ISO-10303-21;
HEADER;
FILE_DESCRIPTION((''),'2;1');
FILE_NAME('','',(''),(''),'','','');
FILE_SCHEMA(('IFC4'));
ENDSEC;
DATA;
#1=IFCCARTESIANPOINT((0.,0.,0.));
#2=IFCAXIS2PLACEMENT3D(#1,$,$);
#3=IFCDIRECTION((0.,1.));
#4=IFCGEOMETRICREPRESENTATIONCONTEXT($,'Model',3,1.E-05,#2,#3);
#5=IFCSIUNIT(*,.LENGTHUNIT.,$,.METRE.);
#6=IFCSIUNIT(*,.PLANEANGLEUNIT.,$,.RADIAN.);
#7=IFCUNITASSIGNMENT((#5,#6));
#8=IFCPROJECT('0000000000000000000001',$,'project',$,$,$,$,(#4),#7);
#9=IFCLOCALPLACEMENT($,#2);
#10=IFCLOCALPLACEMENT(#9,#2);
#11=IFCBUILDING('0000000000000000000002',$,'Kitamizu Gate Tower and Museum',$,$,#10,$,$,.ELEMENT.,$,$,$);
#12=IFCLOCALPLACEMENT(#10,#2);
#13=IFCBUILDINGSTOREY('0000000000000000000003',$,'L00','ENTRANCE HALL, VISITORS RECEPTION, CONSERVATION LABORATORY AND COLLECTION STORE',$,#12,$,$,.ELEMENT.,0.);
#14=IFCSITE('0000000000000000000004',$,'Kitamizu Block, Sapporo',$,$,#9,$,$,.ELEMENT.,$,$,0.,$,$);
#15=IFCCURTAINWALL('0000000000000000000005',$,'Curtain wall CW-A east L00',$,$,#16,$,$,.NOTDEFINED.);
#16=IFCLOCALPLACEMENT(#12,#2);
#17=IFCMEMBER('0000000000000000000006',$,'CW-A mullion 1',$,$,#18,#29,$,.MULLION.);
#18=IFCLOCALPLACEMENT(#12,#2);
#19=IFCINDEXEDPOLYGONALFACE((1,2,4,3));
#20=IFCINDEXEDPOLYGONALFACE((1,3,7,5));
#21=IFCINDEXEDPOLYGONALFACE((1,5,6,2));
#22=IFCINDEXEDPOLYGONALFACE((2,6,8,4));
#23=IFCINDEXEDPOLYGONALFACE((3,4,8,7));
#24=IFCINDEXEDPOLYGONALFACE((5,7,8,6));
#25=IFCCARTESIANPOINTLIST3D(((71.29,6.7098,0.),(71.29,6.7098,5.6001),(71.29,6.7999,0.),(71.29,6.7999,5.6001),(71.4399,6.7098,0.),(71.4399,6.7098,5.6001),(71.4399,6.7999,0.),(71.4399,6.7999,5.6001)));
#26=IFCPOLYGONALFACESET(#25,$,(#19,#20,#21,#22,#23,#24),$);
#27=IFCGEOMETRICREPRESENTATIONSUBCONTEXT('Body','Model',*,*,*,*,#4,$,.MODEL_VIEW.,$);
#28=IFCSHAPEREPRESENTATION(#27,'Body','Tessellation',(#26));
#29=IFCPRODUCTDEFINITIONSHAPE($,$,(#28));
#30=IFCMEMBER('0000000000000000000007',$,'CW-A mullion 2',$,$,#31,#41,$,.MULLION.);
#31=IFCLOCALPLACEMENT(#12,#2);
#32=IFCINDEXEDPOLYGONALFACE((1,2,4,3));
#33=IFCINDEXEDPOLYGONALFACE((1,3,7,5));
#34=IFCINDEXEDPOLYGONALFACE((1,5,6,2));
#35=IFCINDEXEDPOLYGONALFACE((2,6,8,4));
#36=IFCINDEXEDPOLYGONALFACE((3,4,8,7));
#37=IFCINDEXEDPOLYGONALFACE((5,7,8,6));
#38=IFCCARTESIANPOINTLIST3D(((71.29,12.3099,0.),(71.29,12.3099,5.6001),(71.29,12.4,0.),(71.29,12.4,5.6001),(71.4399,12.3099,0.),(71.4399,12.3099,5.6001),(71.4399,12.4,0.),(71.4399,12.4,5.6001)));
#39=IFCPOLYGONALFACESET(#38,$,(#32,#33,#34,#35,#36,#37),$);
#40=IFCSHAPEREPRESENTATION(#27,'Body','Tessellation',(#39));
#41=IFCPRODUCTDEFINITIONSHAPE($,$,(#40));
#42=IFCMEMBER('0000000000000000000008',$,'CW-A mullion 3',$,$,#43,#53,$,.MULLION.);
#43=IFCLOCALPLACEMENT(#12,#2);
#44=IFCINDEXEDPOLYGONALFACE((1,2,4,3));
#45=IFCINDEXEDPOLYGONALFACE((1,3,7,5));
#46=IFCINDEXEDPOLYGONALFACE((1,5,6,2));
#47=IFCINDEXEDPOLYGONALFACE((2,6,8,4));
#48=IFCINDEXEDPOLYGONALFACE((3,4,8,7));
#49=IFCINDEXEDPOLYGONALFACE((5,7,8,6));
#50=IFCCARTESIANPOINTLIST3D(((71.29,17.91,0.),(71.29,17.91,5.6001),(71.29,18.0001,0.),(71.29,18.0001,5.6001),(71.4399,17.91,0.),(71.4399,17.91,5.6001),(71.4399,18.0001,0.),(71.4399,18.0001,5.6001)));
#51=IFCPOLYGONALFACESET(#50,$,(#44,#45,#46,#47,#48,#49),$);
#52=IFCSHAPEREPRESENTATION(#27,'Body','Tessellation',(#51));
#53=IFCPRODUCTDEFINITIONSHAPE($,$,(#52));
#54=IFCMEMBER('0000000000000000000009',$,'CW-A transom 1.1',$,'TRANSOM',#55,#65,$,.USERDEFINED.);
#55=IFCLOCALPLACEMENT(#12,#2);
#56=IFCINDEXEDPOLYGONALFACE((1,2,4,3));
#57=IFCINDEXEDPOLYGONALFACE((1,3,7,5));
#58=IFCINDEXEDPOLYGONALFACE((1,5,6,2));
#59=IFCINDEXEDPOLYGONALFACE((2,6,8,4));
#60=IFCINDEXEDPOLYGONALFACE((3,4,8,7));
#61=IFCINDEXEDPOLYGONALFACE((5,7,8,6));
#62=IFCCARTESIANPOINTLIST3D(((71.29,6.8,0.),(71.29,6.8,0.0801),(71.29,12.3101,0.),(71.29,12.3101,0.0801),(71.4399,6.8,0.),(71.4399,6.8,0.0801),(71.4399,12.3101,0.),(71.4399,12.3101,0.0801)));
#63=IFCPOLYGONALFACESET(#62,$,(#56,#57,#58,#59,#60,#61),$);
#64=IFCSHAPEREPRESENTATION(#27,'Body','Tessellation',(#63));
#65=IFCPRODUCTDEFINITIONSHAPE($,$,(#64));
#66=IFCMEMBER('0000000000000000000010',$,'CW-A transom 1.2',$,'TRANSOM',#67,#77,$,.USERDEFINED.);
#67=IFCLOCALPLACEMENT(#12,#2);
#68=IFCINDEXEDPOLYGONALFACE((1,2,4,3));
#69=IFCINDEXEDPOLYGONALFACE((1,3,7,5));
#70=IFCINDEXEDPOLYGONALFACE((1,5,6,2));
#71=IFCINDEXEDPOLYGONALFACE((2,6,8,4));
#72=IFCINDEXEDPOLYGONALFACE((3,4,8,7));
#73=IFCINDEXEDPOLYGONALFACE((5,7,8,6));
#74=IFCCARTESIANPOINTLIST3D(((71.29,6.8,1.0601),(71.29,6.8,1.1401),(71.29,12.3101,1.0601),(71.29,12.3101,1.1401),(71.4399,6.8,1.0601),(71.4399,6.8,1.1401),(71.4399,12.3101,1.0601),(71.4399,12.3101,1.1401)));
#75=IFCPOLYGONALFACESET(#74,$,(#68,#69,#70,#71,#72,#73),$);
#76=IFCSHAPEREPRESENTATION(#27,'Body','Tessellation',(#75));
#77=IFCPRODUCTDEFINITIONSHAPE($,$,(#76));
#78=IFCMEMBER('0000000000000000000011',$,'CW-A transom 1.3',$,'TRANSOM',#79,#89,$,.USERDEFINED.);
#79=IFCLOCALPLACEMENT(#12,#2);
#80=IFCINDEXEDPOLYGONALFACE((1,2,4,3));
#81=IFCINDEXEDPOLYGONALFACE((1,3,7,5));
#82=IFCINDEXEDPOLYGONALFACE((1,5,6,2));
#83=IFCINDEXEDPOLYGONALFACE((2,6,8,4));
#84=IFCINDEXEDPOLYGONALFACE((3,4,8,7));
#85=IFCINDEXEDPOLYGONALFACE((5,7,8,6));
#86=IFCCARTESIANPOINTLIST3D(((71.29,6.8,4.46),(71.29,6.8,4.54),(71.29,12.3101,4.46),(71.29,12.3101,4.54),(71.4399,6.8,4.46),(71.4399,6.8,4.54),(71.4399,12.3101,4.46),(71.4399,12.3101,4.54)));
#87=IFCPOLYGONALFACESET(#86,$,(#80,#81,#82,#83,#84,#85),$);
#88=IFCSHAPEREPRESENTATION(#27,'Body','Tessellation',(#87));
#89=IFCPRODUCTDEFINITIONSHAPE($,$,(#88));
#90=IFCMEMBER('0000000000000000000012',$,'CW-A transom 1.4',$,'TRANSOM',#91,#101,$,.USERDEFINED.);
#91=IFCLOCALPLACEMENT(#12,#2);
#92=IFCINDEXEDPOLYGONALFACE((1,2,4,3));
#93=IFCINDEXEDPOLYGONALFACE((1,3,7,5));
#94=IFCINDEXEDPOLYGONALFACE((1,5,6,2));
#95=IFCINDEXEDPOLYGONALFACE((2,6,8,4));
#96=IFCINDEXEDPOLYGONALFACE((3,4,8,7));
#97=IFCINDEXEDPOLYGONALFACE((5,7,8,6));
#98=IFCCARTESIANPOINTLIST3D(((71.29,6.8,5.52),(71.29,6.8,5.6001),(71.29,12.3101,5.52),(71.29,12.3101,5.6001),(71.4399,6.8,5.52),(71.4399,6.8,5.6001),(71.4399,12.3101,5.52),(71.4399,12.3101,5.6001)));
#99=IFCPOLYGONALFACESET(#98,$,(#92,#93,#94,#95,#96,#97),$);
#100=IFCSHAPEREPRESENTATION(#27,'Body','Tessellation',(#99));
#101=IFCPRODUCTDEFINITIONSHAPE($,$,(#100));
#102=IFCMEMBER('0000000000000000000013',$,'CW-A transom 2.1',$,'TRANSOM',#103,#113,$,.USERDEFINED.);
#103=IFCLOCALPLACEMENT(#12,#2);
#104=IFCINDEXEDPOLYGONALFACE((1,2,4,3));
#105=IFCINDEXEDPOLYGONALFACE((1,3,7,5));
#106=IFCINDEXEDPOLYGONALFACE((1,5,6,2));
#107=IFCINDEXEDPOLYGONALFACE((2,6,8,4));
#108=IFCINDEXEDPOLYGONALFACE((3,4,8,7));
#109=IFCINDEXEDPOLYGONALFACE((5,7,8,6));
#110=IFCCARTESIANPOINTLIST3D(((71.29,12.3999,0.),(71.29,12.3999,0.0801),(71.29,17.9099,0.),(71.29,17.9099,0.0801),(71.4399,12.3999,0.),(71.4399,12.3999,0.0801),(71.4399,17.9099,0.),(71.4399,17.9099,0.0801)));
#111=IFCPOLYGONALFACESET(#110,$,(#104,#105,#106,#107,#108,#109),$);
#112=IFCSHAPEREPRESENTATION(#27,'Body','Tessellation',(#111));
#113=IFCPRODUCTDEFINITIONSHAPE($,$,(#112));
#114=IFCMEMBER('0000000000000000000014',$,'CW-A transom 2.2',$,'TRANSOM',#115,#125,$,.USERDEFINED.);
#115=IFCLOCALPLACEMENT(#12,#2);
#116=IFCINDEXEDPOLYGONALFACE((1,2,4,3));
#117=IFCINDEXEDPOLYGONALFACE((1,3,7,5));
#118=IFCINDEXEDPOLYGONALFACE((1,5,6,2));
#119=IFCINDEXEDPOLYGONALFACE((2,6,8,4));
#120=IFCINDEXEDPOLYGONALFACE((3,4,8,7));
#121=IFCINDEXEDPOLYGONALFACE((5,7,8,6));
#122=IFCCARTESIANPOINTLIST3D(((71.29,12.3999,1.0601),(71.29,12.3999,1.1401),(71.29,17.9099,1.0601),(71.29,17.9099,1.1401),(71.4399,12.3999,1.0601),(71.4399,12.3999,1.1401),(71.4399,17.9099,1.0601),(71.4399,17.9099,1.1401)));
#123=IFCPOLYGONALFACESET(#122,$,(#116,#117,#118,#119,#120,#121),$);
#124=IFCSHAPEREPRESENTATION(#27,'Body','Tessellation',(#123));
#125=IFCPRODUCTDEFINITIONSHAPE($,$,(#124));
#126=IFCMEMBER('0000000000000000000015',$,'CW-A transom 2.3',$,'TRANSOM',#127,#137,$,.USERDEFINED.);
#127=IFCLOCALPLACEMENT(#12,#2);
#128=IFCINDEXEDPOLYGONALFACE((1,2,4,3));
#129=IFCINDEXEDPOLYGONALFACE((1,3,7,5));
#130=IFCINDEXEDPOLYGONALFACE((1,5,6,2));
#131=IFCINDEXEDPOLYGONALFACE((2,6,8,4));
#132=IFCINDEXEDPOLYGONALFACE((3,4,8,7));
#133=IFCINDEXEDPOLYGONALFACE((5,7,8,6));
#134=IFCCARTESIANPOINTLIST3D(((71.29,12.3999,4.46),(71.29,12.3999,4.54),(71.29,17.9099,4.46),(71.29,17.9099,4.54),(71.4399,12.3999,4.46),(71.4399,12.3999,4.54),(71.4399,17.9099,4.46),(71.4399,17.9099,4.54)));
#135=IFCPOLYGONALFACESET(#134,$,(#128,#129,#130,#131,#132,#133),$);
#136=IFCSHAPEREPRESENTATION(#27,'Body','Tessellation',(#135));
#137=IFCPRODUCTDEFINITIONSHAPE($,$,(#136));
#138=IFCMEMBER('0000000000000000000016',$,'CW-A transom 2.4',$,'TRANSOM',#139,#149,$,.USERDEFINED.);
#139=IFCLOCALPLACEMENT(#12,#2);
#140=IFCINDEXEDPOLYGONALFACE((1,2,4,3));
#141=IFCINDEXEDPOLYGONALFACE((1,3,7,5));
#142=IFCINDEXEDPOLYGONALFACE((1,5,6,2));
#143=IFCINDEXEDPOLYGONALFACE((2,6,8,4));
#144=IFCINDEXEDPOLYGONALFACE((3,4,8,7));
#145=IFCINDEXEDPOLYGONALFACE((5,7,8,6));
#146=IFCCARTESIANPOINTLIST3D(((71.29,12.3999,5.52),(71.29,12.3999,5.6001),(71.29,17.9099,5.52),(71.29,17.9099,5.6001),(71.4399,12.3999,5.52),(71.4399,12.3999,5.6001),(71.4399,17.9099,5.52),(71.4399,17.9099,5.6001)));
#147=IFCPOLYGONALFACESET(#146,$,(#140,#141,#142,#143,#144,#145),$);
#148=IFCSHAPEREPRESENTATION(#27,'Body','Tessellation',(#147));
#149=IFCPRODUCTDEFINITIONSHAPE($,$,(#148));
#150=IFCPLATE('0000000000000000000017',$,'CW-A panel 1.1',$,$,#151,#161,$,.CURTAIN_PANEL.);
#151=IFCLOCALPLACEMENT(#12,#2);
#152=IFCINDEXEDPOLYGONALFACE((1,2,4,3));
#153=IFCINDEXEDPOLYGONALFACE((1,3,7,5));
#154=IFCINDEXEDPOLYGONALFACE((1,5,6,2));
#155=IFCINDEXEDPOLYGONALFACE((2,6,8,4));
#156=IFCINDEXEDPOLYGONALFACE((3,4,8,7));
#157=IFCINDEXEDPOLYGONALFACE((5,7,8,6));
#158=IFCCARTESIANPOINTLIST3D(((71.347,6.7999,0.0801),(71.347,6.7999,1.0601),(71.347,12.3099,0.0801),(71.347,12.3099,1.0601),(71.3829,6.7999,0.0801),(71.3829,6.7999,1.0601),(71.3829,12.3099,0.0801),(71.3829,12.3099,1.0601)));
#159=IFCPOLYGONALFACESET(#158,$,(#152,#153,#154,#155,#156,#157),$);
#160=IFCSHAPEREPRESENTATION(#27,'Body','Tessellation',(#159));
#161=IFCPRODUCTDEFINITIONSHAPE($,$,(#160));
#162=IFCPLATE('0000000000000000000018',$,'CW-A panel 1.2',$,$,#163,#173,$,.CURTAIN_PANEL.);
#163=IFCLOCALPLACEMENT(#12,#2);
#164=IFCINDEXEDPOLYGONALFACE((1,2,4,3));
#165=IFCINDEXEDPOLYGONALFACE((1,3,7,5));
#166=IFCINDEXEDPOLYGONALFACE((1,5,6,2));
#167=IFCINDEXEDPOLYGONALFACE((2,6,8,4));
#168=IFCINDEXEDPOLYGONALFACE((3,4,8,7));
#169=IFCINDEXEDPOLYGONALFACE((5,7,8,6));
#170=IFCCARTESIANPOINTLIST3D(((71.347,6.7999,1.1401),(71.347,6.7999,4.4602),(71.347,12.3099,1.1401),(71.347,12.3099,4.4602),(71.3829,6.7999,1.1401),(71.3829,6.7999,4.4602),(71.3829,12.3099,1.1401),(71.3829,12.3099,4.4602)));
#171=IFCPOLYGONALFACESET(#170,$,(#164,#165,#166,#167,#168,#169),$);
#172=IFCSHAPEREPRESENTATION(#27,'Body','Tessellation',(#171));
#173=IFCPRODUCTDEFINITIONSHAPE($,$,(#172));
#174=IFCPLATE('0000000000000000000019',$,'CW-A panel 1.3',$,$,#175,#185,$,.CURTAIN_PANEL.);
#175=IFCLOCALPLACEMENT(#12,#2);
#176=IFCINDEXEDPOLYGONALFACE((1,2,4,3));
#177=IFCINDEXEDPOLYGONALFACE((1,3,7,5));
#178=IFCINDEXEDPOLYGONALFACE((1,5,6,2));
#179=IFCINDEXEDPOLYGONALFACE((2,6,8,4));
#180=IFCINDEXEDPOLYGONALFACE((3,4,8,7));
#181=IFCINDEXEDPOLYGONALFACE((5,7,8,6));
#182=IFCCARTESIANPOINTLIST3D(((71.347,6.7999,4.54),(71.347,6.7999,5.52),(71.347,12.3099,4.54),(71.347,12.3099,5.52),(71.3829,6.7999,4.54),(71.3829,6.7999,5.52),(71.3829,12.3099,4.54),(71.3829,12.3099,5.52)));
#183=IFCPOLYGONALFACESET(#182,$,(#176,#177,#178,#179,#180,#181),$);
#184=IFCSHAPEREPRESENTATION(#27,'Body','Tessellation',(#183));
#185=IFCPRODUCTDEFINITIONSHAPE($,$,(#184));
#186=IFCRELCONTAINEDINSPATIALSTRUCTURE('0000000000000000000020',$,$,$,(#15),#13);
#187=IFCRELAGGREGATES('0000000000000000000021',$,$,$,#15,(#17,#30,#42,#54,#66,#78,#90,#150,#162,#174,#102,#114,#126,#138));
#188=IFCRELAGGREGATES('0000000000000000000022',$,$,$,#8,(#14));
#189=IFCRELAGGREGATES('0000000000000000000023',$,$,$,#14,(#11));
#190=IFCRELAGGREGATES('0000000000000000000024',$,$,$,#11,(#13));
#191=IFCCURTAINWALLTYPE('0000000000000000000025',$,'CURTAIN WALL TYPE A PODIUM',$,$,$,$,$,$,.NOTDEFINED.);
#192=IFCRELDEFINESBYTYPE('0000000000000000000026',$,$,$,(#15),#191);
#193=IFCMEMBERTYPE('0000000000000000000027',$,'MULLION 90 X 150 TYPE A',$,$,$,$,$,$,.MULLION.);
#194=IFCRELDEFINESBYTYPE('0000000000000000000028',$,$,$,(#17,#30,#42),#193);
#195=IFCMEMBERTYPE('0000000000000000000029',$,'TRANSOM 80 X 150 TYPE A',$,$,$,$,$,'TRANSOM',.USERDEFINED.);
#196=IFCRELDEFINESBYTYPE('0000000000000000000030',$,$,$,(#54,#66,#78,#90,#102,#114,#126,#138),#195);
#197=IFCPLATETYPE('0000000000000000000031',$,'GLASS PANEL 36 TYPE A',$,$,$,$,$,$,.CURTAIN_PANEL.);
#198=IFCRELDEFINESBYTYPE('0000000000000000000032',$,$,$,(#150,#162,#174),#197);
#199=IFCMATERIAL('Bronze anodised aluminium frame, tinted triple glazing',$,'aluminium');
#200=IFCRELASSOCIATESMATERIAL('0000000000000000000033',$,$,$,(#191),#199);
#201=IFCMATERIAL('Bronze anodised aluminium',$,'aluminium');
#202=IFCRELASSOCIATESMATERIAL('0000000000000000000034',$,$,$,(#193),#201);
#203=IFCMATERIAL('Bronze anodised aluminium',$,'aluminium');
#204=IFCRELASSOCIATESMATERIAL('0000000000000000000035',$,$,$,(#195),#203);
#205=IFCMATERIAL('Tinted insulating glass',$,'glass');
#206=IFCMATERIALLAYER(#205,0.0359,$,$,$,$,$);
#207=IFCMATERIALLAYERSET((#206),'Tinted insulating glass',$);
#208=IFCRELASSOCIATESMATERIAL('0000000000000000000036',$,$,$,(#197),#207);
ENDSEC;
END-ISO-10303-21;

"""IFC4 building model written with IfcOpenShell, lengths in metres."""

from ifc_helpers import new_model, si_unit, direction, frame, origin, origin_2d, place, context, subcontext, project, spatial, rectangle, extrude, material, layer, layer_set, material_profile, profile_set, type_object, element, aggregate, save


model = new_model("IFC4")

# Units and contexts
model_context = context("Model", 3, precision=1e-05, world=origin(), true_north=direction((0.0, 1.0)))
body_context = subcontext(model_context, "Body", "Model", "MODEL_VIEW")
ifc_project = project(units=[si_unit("LENGTHUNIT", "METRE"), si_unit("PLANEANGLEUNIT", "RADIAN")], contexts=[model_context])

# Site, building, storey
site_placement = place(None, origin())
site = spatial("IfcSite", under=ifc_project, at=site_placement, Name="Kitamizu Block, Sapporo", CompositionType="ELEMENT", RefElevation=0.0)
building_placement = place(site_placement, origin())
building = spatial("IfcBuilding", under=site, at=building_placement, Name="Kitamizu Gate Tower and Museum", CompositionType="ELEMENT")
storey_placement = place(building_placement, origin())
storey = spatial("IfcBuildingStorey", under=building, at=storey_placement, Name="L00", Description="ENTRANCE HALL, VISITORS RECEPTION, CONSERVATION LABORATORY AND COLLECTION STORE", CompositionType="ELEMENT", Elevation=0.0)

# Curtain wall, members, plates
ifc_material_1 = material(Name="Bronze anodised aluminium frame, tinted triple glazing", Category="aluminium")
curtain_wall_type = type_object("IfcCurtainWallType", Name="CURTAIN WALL TYPE A PODIUM", PredefinedType="NOTDEFINED", material=ifc_material_1)
curtain_wall_placement = place(storey_placement, origin())
curtain_wall = element("IfcCurtainWall", 1, at=curtain_wall_placement, inside=storey, type_object=curtain_wall_type, Name="Curtain wall CW-A east L00", PredefinedType="NOTDEFINED")
ifc_material_2 = material(Name="Bronze anodised aluminium", Category="aluminium")
ifc_material_profile_1 = material_profile(ifc_material_2, rectangle(XDim=0.0901, YDim=0.1499, at=origin_2d()), Name="AL 90X150")
ifc_profile_set_1 = profile_set([ifc_material_profile_1], Name="Bronze anodised aluminium")
member_type_1 = type_object("IfcMemberType", Name="MULLION 90 X 150 TYPE A", PredefinedType="MULLION", material=ifc_profile_set_1)
member_1_placement = place(storey_placement, frame((71.365, 6.7549, 0.0), z_axis=(0.0, 0.0, 1.0), x_axis=(0.0, 1.0, 0.0)))
member_1 = element("IfcMember", 2, at=member_1_placement, type_object=member_type_1, Name="CW-A mullion 1", PredefinedType="MULLION", context=body_context, shape_type="SweptSolid", body=[
    extrude(rectangle(XDim=0.0901, YDim=0.1499, at=origin_2d()), origin(), (0.0, 0.0, 1.0), 5.6001),
])
member_2_placement = place(storey_placement, frame((71.365, 12.355, 0.0), z_axis=(0.0, 0.0, 1.0), x_axis=(0.0, 1.0, 0.0)))
member_2 = element("IfcMember", 3, at=member_2_placement, type_object=member_type_1, Name="CW-A mullion 2", PredefinedType="MULLION", context=body_context, shape_type="SweptSolid", body=[
    extrude(rectangle(XDim=0.0901, YDim=0.1499, at=origin_2d()), origin(), (0.0, 0.0, 1.0), 5.6001),
])
member_3_placement = place(storey_placement, frame((71.365, 17.9551, 0.0), z_axis=(0.0, 0.0, 1.0), x_axis=(0.0, 1.0, 0.0)))
member_3 = element("IfcMember", 4, at=member_3_placement, type_object=member_type_1, Name="CW-A mullion 3", PredefinedType="MULLION", context=body_context, shape_type="SweptSolid", body=[
    extrude(rectangle(XDim=0.0901, YDim=0.1499, at=origin_2d()), origin(), (0.0, 0.0, 1.0), 5.6001),
])
ifc_material_3 = material(Name="Bronze anodised aluminium", Category="aluminium")
ifc_material_profile_2 = material_profile(ifc_material_3, rectangle(XDim=0.1499, YDim=0.0801, at=origin_2d()), Name="AL 80X150")
ifc_profile_set_2 = profile_set([ifc_material_profile_2], Name="Bronze anodised aluminium")
member_type_2 = type_object("IfcMemberType", Name="TRANSOM 80 X 150 TYPE A", ElementType="TRANSOM", PredefinedType="USERDEFINED", material=ifc_profile_set_2)
member_4_placement = place(storey_placement, frame((71.365, 6.8, 0.04), z_axis=(0.0, 1.0, 0.0), x_axis=(-1.0, 0.0, 0.0)))
member_4 = element("IfcMember", 5, at=member_4_placement, type_object=member_type_2, Name="CW-A transom 1.1", ObjectType="TRANSOM", PredefinedType="USERDEFINED", context=body_context, shape_type="SweptSolid", body=[
    extrude(rectangle(XDim=0.1499, YDim=0.0801, at=origin_2d()), origin(), (0.0, 0.0, 1.0), 5.51),
])
member_5_placement = place(storey_placement, frame((71.365, 6.8, 1.1001), z_axis=(0.0, 1.0, 0.0), x_axis=(-1.0, 0.0, 0.0)))
member_5 = element("IfcMember", 6, at=member_5_placement, type_object=member_type_2, Name="CW-A transom 1.2", ObjectType="TRANSOM", PredefinedType="USERDEFINED", context=body_context, shape_type="SweptSolid", body=[
    extrude(rectangle(XDim=0.1499, YDim=0.0801, at=origin_2d()), origin(), (0.0, 0.0, 1.0), 5.51),
])
member_6_placement = place(storey_placement, frame((71.365, 6.8, 4.5), z_axis=(0.0, 1.0, 0.0), x_axis=(-1.0, 0.0, 0.0)))
member_6 = element("IfcMember", 7, at=member_6_placement, type_object=member_type_2, Name="CW-A transom 1.3", ObjectType="TRANSOM", PredefinedType="USERDEFINED", context=body_context, shape_type="SweptSolid", body=[
    extrude(rectangle(XDim=0.1499, YDim=0.0801, at=origin_2d()), origin(), (0.0, 0.0, 1.0), 5.51),
])
member_7_placement = place(storey_placement, frame((71.365, 6.8, 5.5601), z_axis=(0.0, 1.0, 0.0), x_axis=(-1.0, 0.0, 0.0)))
member_7 = element("IfcMember", 8, at=member_7_placement, type_object=member_type_2, Name="CW-A transom 1.4", ObjectType="TRANSOM", PredefinedType="USERDEFINED", context=body_context, shape_type="SweptSolid", body=[
    extrude(rectangle(XDim=0.1499, YDim=0.0801, at=origin_2d()), origin(), (0.0, 0.0, 1.0), 5.51),
])
member_8_placement = place(storey_placement, frame((71.365, 12.3999, 0.04), z_axis=(0.0, 1.0, 0.0), x_axis=(-1.0, 0.0, 0.0)))
member_8 = element("IfcMember", 9, at=member_8_placement, type_object=member_type_2, Name="CW-A transom 2.1", ObjectType="TRANSOM", PredefinedType="USERDEFINED", context=body_context, shape_type="SweptSolid", body=[
    extrude(rectangle(XDim=0.1499, YDim=0.0801, at=origin_2d()), origin(), (0.0, 0.0, 1.0), 5.51),
])
member_9_placement = place(storey_placement, frame((71.365, 12.3999, 1.1001), z_axis=(0.0, 1.0, 0.0), x_axis=(-1.0, 0.0, 0.0)))
member_9 = element("IfcMember", 10, at=member_9_placement, type_object=member_type_2, Name="CW-A transom 2.2", ObjectType="TRANSOM", PredefinedType="USERDEFINED", context=body_context, shape_type="SweptSolid", body=[
    extrude(rectangle(XDim=0.1499, YDim=0.0801, at=origin_2d()), origin(), (0.0, 0.0, 1.0), 5.51),
])
member_10_placement = place(storey_placement, frame((71.365, 12.3999, 4.5), z_axis=(0.0, 1.0, 0.0), x_axis=(-1.0, 0.0, 0.0)))
member_10 = element("IfcMember", 11, at=member_10_placement, type_object=member_type_2, Name="CW-A transom 2.3", ObjectType="TRANSOM", PredefinedType="USERDEFINED", context=body_context, shape_type="SweptSolid", body=[
    extrude(rectangle(XDim=0.1499, YDim=0.0801, at=origin_2d()), origin(), (0.0, 0.0, 1.0), 5.51),
])
member_11_placement = place(storey_placement, frame((71.365, 12.3999, 5.5601), z_axis=(0.0, 1.0, 0.0), x_axis=(-1.0, 0.0, 0.0)))
member_11 = element("IfcMember", 12, at=member_11_placement, type_object=member_type_2, Name="CW-A transom 2.4", ObjectType="TRANSOM", PredefinedType="USERDEFINED", context=body_context, shape_type="SweptSolid", body=[
    extrude(rectangle(XDim=0.1499, YDim=0.0801, at=origin_2d()), origin(), (0.0, 0.0, 1.0), 5.51),
])
ifc_material_4 = material(Name="Tinted insulating glass", Category="glass")
ifc_layer_1 = layer(ifc_material_4, 0.0359)
ifc_layer_set_1 = layer_set([ifc_layer_1], Name="Tinted insulating glass")
plate_type = type_object("IfcPlateType", Name="GLASS PANEL 36 TYPE A", PredefinedType="CURTAIN_PANEL", material=ifc_layer_set_1)
plate_1_placement = place(storey_placement, frame((71.365, 9.5549, 0.0801), z_axis=(0.0, 0.0, 1.0), x_axis=(0.0, 1.0, 0.0)))
plate_1 = element("IfcPlate", 13, at=plate_1_placement, type_object=plate_type, Name="CW-A panel 1.1", PredefinedType="CURTAIN_PANEL", context=body_context, shape_type="SweptSolid", body=[
    extrude(rectangle(XDim=5.51, YDim=0.0359, at=origin_2d()), origin(), (0.0, 0.0, 1.0), 0.98),
])
plate_2_placement = place(storey_placement, frame((71.365, 9.5549, 1.1401), z_axis=(0.0, 0.0, 1.0), x_axis=(0.0, 1.0, 0.0)))
plate_2 = element("IfcPlate", 14, at=plate_2_placement, type_object=plate_type, Name="CW-A panel 1.2", PredefinedType="CURTAIN_PANEL", context=body_context, shape_type="SweptSolid", body=[
    extrude(rectangle(XDim=5.51, YDim=0.0359, at=origin_2d()), origin(), (0.0, 0.0, 1.0), 3.3201),
])
plate_3_placement = place(storey_placement, frame((71.365, 9.5549, 4.54), z_axis=(0.0, 0.0, 1.0), x_axis=(0.0, 1.0, 0.0)))
plate_3 = element("IfcPlate", 15, at=plate_3_placement, type_object=plate_type, Name="CW-A panel 1.3", PredefinedType="CURTAIN_PANEL", context=body_context, shape_type="SweptSolid", body=[
    extrude(rectangle(XDim=5.51, YDim=0.0359, at=origin_2d()), origin(), (0.0, 0.0, 1.0), 0.98),
])
aggregate(curtain_wall, [member_1, member_2, member_3, member_4, member_5, member_6, member_7, plate_1, plate_2, plate_3, member_8, member_9, member_10, member_11])

save(model, "model.ifc")
